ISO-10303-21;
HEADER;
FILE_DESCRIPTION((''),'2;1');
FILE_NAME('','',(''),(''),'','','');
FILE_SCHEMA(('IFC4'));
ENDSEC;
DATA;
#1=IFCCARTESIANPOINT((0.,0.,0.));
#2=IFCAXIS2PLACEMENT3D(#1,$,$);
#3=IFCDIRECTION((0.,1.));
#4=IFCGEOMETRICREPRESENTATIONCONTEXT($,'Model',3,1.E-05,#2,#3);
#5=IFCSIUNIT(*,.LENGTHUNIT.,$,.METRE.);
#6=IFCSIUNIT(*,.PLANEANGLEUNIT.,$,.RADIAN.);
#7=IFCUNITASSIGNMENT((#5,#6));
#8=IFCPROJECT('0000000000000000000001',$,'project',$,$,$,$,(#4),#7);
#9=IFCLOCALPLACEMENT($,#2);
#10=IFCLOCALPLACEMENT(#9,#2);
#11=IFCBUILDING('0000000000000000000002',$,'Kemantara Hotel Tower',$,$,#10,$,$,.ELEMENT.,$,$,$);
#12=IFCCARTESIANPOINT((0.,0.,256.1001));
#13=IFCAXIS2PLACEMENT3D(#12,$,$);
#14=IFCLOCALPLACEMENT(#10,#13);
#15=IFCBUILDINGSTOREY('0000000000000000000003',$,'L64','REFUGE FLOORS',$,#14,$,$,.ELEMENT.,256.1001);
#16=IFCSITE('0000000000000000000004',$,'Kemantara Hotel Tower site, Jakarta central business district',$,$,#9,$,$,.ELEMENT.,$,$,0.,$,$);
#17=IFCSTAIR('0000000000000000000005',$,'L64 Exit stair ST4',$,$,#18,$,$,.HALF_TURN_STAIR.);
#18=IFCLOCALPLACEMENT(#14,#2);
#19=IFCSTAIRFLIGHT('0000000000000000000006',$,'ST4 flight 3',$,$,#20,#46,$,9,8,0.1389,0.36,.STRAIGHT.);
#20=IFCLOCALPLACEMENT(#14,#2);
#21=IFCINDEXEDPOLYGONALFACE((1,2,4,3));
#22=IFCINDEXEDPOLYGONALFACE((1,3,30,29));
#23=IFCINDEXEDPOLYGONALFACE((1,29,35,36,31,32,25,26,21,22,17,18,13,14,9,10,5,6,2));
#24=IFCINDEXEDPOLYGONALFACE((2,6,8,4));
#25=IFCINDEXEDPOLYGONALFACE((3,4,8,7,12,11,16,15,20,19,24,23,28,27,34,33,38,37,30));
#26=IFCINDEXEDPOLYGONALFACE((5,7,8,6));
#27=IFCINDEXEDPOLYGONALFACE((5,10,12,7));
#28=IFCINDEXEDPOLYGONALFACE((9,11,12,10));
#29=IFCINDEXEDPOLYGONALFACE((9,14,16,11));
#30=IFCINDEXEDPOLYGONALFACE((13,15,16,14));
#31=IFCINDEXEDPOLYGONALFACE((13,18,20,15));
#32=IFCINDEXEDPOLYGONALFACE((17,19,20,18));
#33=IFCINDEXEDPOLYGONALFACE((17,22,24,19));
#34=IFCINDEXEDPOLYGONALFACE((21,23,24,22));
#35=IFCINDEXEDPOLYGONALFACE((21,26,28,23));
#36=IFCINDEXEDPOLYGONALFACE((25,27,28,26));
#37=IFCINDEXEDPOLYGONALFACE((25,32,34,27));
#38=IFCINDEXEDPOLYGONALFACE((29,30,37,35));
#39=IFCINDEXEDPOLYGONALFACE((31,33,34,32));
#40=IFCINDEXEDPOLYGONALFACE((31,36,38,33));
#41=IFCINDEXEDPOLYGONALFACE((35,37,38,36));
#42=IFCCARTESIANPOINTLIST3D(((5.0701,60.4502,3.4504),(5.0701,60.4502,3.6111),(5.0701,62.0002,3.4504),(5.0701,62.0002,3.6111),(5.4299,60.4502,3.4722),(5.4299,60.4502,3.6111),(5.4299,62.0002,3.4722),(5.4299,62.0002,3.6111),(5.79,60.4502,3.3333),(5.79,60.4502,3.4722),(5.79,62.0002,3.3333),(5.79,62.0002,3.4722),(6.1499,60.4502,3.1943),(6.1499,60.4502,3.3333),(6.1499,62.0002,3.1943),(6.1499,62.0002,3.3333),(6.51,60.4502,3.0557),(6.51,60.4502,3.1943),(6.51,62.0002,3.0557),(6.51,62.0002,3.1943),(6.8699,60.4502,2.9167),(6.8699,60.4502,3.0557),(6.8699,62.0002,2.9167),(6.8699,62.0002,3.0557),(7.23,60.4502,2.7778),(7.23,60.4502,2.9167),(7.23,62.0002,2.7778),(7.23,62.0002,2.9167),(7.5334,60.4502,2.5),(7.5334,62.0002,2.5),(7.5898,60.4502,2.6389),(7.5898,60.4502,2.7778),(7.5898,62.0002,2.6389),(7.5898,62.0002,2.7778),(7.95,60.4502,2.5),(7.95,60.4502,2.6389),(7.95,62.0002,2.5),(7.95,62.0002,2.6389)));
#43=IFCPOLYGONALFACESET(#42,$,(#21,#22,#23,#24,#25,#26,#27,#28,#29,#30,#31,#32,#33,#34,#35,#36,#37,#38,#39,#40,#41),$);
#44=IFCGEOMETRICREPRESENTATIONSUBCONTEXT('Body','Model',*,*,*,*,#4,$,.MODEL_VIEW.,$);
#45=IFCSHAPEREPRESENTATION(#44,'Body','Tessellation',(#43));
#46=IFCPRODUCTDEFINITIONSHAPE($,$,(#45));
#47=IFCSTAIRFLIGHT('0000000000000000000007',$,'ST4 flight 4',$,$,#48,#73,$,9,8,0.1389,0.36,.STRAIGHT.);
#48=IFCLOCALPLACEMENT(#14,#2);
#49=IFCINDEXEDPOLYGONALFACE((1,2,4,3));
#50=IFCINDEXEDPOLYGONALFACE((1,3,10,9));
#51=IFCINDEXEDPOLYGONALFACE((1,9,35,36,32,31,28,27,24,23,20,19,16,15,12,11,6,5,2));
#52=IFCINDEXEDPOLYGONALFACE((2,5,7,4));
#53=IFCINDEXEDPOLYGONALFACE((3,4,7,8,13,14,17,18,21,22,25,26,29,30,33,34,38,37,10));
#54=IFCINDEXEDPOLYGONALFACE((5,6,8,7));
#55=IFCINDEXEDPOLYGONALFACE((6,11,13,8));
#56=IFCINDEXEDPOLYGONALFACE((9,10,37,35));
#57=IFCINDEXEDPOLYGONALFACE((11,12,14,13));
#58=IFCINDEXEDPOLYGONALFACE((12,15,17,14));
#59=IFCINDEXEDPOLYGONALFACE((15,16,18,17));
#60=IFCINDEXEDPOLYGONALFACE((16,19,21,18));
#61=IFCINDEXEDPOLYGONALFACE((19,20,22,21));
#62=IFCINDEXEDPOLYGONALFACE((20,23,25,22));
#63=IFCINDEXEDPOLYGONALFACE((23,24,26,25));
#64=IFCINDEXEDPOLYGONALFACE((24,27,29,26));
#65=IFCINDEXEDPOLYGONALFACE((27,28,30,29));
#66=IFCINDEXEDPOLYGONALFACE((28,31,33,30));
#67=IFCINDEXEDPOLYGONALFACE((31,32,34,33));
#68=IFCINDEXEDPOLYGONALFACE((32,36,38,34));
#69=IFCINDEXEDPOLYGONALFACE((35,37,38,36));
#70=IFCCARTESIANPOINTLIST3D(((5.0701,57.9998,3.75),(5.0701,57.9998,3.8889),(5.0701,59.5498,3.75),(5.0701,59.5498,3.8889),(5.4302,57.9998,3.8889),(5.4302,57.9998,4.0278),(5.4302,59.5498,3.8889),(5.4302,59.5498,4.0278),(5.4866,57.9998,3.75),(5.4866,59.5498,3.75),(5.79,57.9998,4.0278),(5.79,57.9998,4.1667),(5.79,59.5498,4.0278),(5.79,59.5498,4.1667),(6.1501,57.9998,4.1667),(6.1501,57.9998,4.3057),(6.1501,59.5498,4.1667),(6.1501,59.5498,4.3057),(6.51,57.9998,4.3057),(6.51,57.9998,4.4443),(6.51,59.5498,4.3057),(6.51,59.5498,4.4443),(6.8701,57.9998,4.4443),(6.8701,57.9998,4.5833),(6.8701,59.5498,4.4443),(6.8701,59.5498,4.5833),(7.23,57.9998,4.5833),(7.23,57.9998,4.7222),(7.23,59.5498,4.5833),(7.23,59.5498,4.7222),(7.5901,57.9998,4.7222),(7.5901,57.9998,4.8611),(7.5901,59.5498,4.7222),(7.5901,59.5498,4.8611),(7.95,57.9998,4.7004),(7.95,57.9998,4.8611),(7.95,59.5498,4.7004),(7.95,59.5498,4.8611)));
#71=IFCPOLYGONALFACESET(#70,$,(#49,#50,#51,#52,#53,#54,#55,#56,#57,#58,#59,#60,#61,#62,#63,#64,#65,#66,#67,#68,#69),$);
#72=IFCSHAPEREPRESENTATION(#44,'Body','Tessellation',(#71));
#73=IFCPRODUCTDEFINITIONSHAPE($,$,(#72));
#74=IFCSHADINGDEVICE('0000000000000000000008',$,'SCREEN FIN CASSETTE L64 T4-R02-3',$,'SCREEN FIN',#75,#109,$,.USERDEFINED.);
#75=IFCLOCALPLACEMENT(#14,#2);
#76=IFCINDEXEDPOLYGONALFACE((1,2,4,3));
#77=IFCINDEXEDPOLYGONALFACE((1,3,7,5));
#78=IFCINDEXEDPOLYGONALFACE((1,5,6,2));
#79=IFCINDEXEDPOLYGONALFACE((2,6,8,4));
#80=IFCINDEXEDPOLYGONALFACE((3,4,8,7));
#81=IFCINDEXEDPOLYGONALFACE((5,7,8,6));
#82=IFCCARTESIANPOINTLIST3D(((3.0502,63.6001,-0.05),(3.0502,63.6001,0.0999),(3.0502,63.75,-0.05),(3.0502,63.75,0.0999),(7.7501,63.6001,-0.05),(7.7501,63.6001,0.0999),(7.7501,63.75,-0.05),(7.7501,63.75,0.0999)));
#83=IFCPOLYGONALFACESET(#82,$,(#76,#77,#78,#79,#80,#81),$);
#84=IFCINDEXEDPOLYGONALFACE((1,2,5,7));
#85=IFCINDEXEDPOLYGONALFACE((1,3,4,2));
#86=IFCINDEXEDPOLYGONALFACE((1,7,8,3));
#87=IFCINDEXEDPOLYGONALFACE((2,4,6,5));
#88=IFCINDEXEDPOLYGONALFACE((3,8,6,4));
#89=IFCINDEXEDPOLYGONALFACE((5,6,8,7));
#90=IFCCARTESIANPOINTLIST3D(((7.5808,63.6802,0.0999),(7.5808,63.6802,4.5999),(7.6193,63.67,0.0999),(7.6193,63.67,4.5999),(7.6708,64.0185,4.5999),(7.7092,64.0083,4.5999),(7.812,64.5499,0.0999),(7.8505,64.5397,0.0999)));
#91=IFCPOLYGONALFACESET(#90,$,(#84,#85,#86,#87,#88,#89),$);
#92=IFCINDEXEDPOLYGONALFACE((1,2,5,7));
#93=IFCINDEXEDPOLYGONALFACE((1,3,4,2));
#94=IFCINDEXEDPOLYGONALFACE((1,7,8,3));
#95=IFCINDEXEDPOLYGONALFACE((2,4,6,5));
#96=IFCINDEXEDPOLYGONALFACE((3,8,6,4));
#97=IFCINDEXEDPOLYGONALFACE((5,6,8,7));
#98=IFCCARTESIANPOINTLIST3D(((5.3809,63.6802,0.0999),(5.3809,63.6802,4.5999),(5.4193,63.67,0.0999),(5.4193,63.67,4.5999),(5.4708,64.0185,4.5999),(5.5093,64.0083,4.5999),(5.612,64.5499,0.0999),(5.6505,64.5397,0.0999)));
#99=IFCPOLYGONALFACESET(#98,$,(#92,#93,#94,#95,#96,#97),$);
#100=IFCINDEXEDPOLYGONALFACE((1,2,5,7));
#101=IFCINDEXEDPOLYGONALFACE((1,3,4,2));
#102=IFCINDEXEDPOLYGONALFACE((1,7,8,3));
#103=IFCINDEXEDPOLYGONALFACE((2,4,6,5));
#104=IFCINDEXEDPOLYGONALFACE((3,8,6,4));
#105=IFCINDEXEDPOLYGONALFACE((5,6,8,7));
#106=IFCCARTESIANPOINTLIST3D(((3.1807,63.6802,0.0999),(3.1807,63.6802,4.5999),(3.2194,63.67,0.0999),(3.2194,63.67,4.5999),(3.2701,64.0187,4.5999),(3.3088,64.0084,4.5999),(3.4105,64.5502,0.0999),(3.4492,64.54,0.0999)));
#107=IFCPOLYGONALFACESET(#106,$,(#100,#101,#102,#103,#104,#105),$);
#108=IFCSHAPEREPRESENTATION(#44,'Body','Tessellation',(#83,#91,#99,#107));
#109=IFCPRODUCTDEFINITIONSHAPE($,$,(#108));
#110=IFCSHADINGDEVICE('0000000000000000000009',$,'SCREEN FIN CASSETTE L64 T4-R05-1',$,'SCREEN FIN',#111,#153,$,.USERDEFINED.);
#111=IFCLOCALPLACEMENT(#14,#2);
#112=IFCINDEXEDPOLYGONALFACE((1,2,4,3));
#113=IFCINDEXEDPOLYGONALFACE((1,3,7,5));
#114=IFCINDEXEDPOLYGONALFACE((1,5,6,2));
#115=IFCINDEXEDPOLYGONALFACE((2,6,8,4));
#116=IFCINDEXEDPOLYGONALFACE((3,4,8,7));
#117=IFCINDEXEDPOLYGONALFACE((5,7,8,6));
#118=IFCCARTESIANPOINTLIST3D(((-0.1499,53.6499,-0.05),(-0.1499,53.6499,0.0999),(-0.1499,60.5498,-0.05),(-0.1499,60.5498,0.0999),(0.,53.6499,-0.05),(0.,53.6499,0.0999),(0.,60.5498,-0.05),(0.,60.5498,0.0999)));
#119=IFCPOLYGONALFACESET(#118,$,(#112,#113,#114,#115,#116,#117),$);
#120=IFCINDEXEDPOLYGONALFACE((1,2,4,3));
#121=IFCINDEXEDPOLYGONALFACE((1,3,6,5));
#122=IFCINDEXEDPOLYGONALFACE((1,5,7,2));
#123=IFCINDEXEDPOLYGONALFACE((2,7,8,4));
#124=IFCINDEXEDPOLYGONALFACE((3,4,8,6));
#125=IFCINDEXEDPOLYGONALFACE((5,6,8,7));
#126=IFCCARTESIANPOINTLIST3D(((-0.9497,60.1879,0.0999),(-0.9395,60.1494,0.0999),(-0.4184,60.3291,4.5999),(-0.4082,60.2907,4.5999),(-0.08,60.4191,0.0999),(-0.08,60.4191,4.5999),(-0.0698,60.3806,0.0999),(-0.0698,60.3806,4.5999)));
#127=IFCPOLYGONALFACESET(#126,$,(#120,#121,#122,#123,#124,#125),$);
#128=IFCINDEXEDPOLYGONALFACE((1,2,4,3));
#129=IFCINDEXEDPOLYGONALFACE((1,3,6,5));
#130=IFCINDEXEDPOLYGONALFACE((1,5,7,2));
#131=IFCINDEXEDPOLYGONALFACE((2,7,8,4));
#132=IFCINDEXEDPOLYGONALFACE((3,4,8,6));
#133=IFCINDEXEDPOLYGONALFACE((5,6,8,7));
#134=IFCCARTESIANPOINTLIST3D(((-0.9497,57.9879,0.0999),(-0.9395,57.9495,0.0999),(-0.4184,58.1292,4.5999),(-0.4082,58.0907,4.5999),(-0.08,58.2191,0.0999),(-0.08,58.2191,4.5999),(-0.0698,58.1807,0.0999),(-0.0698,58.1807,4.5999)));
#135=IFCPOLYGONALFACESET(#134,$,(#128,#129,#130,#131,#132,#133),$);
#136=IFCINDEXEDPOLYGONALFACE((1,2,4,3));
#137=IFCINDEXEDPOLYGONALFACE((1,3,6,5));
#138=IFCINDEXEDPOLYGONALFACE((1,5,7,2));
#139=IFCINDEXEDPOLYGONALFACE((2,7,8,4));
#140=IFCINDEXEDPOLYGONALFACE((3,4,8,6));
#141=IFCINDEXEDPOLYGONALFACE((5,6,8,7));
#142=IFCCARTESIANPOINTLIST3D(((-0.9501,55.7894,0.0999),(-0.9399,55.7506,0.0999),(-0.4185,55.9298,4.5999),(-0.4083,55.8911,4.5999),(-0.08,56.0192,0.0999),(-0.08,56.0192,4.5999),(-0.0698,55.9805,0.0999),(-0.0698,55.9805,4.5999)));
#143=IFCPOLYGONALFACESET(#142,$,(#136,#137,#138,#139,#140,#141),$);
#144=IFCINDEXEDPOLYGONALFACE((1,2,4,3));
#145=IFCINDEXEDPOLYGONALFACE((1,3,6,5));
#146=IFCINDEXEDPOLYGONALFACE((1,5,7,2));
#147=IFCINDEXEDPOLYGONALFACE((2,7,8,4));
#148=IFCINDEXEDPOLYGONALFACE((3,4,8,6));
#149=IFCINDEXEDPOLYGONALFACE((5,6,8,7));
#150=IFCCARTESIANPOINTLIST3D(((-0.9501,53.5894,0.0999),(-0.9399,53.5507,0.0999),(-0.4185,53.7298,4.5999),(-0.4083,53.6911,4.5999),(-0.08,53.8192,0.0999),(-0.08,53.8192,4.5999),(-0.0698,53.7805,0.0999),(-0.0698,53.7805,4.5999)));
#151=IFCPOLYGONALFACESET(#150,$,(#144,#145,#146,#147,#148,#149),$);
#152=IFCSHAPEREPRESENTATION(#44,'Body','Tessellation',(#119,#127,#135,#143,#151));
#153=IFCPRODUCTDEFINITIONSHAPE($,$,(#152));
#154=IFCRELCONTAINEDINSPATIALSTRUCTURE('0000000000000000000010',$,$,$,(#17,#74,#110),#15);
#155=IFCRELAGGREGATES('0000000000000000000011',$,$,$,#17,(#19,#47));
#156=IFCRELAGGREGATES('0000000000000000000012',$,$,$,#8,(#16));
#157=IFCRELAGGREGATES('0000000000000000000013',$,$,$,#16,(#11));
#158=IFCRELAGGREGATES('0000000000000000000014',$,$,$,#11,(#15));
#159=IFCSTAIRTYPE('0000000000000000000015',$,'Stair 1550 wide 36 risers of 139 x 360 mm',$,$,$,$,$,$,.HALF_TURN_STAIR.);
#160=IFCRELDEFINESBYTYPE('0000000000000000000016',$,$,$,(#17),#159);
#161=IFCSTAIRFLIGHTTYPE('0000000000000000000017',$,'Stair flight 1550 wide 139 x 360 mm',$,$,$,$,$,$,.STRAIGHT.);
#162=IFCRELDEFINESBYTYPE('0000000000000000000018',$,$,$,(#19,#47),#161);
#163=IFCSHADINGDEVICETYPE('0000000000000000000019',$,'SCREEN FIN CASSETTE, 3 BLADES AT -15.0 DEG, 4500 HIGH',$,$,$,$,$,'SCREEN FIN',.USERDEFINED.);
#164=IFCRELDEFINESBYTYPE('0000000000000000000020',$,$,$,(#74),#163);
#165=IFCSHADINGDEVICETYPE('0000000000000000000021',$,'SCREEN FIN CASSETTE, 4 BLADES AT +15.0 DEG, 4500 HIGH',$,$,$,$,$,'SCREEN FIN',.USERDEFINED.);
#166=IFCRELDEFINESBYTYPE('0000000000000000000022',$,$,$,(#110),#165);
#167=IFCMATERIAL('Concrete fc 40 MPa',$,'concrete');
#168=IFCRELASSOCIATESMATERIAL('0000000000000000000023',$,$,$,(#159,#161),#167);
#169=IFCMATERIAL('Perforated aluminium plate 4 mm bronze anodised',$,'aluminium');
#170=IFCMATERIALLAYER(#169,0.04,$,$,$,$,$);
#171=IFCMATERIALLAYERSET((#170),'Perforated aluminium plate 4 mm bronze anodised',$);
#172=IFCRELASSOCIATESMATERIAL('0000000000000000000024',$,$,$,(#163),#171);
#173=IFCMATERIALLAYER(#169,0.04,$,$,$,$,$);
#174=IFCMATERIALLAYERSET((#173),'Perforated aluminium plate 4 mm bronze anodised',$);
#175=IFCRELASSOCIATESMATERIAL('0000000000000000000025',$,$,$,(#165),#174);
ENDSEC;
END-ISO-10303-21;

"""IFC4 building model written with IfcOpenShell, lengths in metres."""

from ifc_helpers import new_model, si_unit, direction, frame, origin, origin_2d, place, context, subcontext, project, spatial, polyline, rectangle, outline, extrude, source, transform, mapped, material, layer, layer_set, type_object, element, aggregate, save


model = new_model("IFC4")

# Units and contexts
model_context = context("Model", 3, precision=1e-05, world=origin(), true_north=direction((0.0, 1.0)))
body_context = subcontext(model_context, "Body", "Model", "MODEL_VIEW")
ifc_project = project(units=[si_unit("LENGTHUNIT", "METRE"), si_unit("PLANEANGLEUNIT", "RADIAN")], contexts=[model_context])

# Site, building, storey
site_placement = place(None, origin())
site = spatial("IfcSite", under=ifc_project, at=site_placement, Name="Kemantara Hotel Tower site, Jakarta central business district", CompositionType="ELEMENT", RefElevation=0.0)
building_placement = place(site_placement, origin())
building = spatial("IfcBuilding", under=site, at=building_placement, Name="Kemantara Hotel Tower", CompositionType="ELEMENT")
storey_placement = place(building_placement, frame((0.0, 0.0, 256.1001)))
storey = spatial("IfcBuildingStorey", under=building, at=storey_placement, Name="L64", Description="REFUGE FLOORS", CompositionType="ELEMENT", Elevation=256.1001)

# Shared definitions
ifc_material_1 = material(Name="Concrete fc 40 MPa", Category="concrete")

# Stair, stair flights
stair_type = type_object("IfcStairType", Name="Stair 1550 wide 36 risers of 139 x 360 mm", PredefinedType="HALF_TURN_STAIR", material=ifc_material_1)
stair_placement = place(storey_placement, origin())
stair = element("IfcStair", 1, at=stair_placement, inside=storey, type_object=stair_type, Name="L64 Exit stair ST4", PredefinedType="HALF_TURN_STAIR")
stair_flight_type = type_object("IfcStairFlightType", Name="Stair flight 1550 wide 139 x 360 mm", PredefinedType="STRAIGHT", material=ifc_material_1)
stair_flight_1_placement = place(storey_placement, frame((7.95, 61.2251, 2.5), z_axis=(0.0, 0.0, 1.0), x_axis=(-1.0, 0.0, 0.0)))
stair_flight_1 = element("IfcStairFlight", 2, at=stair_flight_1_placement, type_object=stair_flight_type, Name="ST4 flight 3", NumberOfRisers=9, NumberOfTreads=8, PredefinedType="STRAIGHT", RiserHeight=0.1389, TreadLength=0.36, context=body_context, shape_type="SweptSolid", body=[
    extrude(outline(polyline([(0.0, 0.0), (0.0, 0.1389), (0.3601, 0.1389), (0.3601, 0.2778), (0.72, 0.2778), (0.72, 0.4167), (1.0801, 0.4167), (1.0801, 0.5557), (1.4399, 0.5557), (1.4399, 0.6943), (1.8, 0.6943), (1.8, 0.8333), (2.1599, 0.8333), (2.1599, 0.9722), (2.52, 0.9722), (2.52, 1.1111), (2.8799, 1.1111), (2.8799, 1.25), (2.8799, 0.9504), (0.4165, 0.0), (0.0, 0.0)])), frame((0.0, 0.7749, 0.0), z_axis=(0.0, -1.0, 0.0), x_axis=(1.0, 0.0, 0.0)), (0.0, 0.0, 1.0), 1.55),
])
stair_flight_2_placement = place(storey_placement, frame((5.0701, 58.7749, 3.75), z_axis=(0.0, 0.0, 1.0), x_axis=(1.0, 0.0, 0.0)))
stair_flight_2 = element("IfcStairFlight", 3, at=stair_flight_2_placement, type_object=stair_flight_type, Name="ST4 flight 4", NumberOfRisers=9, NumberOfTreads=8, PredefinedType="STRAIGHT", RiserHeight=0.1389, TreadLength=0.36, context=body_context, shape_type="SweptSolid", body=[
    extrude(outline(polyline([(0.0, 0.0), (0.0, 0.1389), (0.3601, 0.1389), (0.3601, 0.2778), (0.72, 0.2778), (0.72, 0.4167), (1.0801, 0.4167), (1.0801, 0.5557), (1.4399, 0.5557), (1.4399, 0.6943), (1.8, 0.6943), (1.8, 0.8333), (2.1599, 0.8333), (2.1599, 0.9722), (2.52, 0.9722), (2.52, 1.1111), (2.8799, 1.1111), (2.8799, 1.25), (2.8799, 0.9504), (0.4165, 0.0), (0.0, 0.0)])), frame((0.0, 0.7749, 0.0), z_axis=(0.0, -1.0, 0.0), x_axis=(1.0, 0.0, 0.0)), (0.0, 0.0, 1.0), 1.55),
])
aggregate(stair, [stair_flight_1, stair_flight_2])

# Shading devices
ifc_material_2 = material(Name="Perforated aluminium plate 4 mm bronze anodised", Category="aluminium")
ifc_layer_1 = layer(ifc_material_2, 0.04)
ifc_layer_set_1 = layer_set([ifc_layer_1], Name="Perforated aluminium plate 4 mm bronze anodised")
shading_device_type_1 = type_object("IfcShadingDeviceType", Name="SCREEN FIN CASSETTE, 3 BLADES AT -15.0 DEG, 4500 HIGH", ElementType="SCREEN FIN", PredefinedType="USERDEFINED", material=ifc_layer_set_1)
shared_shape_1 = source(origin(), body_context, "Body", "SweptSolid", [
    extrude(rectangle(XDim=4.7, YDim=0.1499, at=origin_2d()), frame((2.2, -0.075, -0.1499), z_axis=(0.0, 0.0, 1.0), x_axis=(1.0, 0.0, 0.0)), (0.0, 0.0, 1.0), 0.1499),
    extrude(outline(polyline([(0.0, 0.0), (0.8999, 0.0), (0.3501, 4.5), (0.0, 4.5), (0.0, 0.0)])), frame((0.0193, -0.0801, 0.0), z_axis=(-0.966438, 0.256901, 0.0), x_axis=(-0.256901, -0.966438, 0.0)), (0.0, 0.0, 1.0), 0.0398),
    extrude(outline(polyline([(0.0, 0.0), (0.8999, 0.0), (0.3501, 4.5), (0.0, 4.5), (0.0, 0.0)])), frame((2.2192, -0.0801, 0.0), z_axis=(-0.966438, 0.256901, 0.0), x_axis=(-0.256901, -0.966438, 0.0)), (0.0, 0.0, 1.0), 0.0398),
    extrude(outline(polyline([(0.0, 0.0), (0.8999, 0.0), (0.3501, 4.5), (0.0, 4.5), (0.0, 0.0)])), frame((4.4194, -0.0801, 0.0), z_axis=(-0.966838, 0.255391, 0.0), x_axis=(-0.255391, -0.966838, 0.0)), (0.0, 0.0, 1.0), 0.04),
])
shading_device_1_placement = place(storey_placement, frame((7.6001, 63.6001, 0.0999), z_axis=(0.0, 0.0, 1.0), x_axis=(-1.0, 0.0, 0.0)))
element("IfcShadingDevice", 4, at=shading_device_1_placement, inside=storey, type_object=shading_device_type_1, Name="SCREEN FIN CASSETTE L64 T4-R02-3", ObjectType="SCREEN FIN", PredefinedType="USERDEFINED", context=body_context, shape_type="MappedRepresentation", body=[
    mapped(shared_shape_1, transform((0.0, 0.0, 0.0))),
])
ifc_layer_2 = layer(ifc_material_2, 0.04)
ifc_layer_set_2 = layer_set([ifc_layer_2], Name="Perforated aluminium plate 4 mm bronze anodised")
shading_device_type_2 = type_object("IfcShadingDeviceType", Name="SCREEN FIN CASSETTE, 4 BLADES AT +15.0 DEG, 4500 HIGH", ElementType="SCREEN FIN", PredefinedType="USERDEFINED", material=ifc_layer_set_2)
shared_shape_2 = source(origin(), body_context, "Body", "SweptSolid", [
    extrude(rectangle(XDim=6.8999, YDim=0.1499, at=origin_2d()), frame((3.3, -0.075, -0.1499), z_axis=(0.0, 0.0, 1.0), x_axis=(1.0, 0.0, 0.0)), (0.0, 0.0, 1.0), 0.1499),
    extrude(outline(polyline([(0.0, 0.0), (0.8999, 0.0), (0.3501, 4.5), (0.0, 4.5), (0.0, 0.0)])), frame((0.0193, -0.0698, 0.0), z_axis=(-0.966438, -0.256901, 0.0), x_axis=(0.256901, -0.966438, 0.0)), (0.0, 0.0, 1.0), 0.0398),
    extrude(outline(polyline([(0.0, 0.0), (0.8999, 0.0), (0.3501, 4.5), (0.0, 4.5), (0.0, 0.0)])), frame((2.2192, -0.0698, 0.0), z_axis=(-0.966438, -0.256901, 0.0), x_axis=(0.256901, -0.966438, 0.0)), (0.0, 0.0, 1.0), 0.0398),
    extrude(outline(polyline([(0.0, 0.0), (0.8999, 0.0), (0.3501, 4.5), (0.0, 4.5), (0.0, 0.0)])), frame((4.4194, -0.0698, 0.0), z_axis=(-0.966838, -0.255391, 0.0), x_axis=(0.255391, -0.966838, 0.0)), (0.0, 0.0, 1.0), 0.04),
    extrude(outline(polyline([(0.0, 0.0), (0.8999, 0.0), (0.3501, 4.5), (0.0, 4.5), (0.0, 0.0)])), frame((6.6194, -0.0698, 0.0), z_axis=(-0.966838, -0.255391, 0.0), x_axis=(0.255391, -0.966838, 0.0)), (0.0, 0.0, 1.0), 0.04),
])
shading_device_2_placement = place(storey_placement, frame((0.0, 60.3999, 0.0999), z_axis=(0.0, 0.0, 1.0), x_axis=(0.0, -1.0, 0.0)))
element("IfcShadingDevice", 5, at=shading_device_2_placement, inside=storey, type_object=shading_device_type_2, Name="SCREEN FIN CASSETTE L64 T4-R05-1", ObjectType="SCREEN FIN", PredefinedType="USERDEFINED", context=body_context, shape_type="MappedRepresentation", body=[
    mapped(shared_shape_2, transform((0.0, 0.0, 0.0))),
])

save(model, "model.ifc")
